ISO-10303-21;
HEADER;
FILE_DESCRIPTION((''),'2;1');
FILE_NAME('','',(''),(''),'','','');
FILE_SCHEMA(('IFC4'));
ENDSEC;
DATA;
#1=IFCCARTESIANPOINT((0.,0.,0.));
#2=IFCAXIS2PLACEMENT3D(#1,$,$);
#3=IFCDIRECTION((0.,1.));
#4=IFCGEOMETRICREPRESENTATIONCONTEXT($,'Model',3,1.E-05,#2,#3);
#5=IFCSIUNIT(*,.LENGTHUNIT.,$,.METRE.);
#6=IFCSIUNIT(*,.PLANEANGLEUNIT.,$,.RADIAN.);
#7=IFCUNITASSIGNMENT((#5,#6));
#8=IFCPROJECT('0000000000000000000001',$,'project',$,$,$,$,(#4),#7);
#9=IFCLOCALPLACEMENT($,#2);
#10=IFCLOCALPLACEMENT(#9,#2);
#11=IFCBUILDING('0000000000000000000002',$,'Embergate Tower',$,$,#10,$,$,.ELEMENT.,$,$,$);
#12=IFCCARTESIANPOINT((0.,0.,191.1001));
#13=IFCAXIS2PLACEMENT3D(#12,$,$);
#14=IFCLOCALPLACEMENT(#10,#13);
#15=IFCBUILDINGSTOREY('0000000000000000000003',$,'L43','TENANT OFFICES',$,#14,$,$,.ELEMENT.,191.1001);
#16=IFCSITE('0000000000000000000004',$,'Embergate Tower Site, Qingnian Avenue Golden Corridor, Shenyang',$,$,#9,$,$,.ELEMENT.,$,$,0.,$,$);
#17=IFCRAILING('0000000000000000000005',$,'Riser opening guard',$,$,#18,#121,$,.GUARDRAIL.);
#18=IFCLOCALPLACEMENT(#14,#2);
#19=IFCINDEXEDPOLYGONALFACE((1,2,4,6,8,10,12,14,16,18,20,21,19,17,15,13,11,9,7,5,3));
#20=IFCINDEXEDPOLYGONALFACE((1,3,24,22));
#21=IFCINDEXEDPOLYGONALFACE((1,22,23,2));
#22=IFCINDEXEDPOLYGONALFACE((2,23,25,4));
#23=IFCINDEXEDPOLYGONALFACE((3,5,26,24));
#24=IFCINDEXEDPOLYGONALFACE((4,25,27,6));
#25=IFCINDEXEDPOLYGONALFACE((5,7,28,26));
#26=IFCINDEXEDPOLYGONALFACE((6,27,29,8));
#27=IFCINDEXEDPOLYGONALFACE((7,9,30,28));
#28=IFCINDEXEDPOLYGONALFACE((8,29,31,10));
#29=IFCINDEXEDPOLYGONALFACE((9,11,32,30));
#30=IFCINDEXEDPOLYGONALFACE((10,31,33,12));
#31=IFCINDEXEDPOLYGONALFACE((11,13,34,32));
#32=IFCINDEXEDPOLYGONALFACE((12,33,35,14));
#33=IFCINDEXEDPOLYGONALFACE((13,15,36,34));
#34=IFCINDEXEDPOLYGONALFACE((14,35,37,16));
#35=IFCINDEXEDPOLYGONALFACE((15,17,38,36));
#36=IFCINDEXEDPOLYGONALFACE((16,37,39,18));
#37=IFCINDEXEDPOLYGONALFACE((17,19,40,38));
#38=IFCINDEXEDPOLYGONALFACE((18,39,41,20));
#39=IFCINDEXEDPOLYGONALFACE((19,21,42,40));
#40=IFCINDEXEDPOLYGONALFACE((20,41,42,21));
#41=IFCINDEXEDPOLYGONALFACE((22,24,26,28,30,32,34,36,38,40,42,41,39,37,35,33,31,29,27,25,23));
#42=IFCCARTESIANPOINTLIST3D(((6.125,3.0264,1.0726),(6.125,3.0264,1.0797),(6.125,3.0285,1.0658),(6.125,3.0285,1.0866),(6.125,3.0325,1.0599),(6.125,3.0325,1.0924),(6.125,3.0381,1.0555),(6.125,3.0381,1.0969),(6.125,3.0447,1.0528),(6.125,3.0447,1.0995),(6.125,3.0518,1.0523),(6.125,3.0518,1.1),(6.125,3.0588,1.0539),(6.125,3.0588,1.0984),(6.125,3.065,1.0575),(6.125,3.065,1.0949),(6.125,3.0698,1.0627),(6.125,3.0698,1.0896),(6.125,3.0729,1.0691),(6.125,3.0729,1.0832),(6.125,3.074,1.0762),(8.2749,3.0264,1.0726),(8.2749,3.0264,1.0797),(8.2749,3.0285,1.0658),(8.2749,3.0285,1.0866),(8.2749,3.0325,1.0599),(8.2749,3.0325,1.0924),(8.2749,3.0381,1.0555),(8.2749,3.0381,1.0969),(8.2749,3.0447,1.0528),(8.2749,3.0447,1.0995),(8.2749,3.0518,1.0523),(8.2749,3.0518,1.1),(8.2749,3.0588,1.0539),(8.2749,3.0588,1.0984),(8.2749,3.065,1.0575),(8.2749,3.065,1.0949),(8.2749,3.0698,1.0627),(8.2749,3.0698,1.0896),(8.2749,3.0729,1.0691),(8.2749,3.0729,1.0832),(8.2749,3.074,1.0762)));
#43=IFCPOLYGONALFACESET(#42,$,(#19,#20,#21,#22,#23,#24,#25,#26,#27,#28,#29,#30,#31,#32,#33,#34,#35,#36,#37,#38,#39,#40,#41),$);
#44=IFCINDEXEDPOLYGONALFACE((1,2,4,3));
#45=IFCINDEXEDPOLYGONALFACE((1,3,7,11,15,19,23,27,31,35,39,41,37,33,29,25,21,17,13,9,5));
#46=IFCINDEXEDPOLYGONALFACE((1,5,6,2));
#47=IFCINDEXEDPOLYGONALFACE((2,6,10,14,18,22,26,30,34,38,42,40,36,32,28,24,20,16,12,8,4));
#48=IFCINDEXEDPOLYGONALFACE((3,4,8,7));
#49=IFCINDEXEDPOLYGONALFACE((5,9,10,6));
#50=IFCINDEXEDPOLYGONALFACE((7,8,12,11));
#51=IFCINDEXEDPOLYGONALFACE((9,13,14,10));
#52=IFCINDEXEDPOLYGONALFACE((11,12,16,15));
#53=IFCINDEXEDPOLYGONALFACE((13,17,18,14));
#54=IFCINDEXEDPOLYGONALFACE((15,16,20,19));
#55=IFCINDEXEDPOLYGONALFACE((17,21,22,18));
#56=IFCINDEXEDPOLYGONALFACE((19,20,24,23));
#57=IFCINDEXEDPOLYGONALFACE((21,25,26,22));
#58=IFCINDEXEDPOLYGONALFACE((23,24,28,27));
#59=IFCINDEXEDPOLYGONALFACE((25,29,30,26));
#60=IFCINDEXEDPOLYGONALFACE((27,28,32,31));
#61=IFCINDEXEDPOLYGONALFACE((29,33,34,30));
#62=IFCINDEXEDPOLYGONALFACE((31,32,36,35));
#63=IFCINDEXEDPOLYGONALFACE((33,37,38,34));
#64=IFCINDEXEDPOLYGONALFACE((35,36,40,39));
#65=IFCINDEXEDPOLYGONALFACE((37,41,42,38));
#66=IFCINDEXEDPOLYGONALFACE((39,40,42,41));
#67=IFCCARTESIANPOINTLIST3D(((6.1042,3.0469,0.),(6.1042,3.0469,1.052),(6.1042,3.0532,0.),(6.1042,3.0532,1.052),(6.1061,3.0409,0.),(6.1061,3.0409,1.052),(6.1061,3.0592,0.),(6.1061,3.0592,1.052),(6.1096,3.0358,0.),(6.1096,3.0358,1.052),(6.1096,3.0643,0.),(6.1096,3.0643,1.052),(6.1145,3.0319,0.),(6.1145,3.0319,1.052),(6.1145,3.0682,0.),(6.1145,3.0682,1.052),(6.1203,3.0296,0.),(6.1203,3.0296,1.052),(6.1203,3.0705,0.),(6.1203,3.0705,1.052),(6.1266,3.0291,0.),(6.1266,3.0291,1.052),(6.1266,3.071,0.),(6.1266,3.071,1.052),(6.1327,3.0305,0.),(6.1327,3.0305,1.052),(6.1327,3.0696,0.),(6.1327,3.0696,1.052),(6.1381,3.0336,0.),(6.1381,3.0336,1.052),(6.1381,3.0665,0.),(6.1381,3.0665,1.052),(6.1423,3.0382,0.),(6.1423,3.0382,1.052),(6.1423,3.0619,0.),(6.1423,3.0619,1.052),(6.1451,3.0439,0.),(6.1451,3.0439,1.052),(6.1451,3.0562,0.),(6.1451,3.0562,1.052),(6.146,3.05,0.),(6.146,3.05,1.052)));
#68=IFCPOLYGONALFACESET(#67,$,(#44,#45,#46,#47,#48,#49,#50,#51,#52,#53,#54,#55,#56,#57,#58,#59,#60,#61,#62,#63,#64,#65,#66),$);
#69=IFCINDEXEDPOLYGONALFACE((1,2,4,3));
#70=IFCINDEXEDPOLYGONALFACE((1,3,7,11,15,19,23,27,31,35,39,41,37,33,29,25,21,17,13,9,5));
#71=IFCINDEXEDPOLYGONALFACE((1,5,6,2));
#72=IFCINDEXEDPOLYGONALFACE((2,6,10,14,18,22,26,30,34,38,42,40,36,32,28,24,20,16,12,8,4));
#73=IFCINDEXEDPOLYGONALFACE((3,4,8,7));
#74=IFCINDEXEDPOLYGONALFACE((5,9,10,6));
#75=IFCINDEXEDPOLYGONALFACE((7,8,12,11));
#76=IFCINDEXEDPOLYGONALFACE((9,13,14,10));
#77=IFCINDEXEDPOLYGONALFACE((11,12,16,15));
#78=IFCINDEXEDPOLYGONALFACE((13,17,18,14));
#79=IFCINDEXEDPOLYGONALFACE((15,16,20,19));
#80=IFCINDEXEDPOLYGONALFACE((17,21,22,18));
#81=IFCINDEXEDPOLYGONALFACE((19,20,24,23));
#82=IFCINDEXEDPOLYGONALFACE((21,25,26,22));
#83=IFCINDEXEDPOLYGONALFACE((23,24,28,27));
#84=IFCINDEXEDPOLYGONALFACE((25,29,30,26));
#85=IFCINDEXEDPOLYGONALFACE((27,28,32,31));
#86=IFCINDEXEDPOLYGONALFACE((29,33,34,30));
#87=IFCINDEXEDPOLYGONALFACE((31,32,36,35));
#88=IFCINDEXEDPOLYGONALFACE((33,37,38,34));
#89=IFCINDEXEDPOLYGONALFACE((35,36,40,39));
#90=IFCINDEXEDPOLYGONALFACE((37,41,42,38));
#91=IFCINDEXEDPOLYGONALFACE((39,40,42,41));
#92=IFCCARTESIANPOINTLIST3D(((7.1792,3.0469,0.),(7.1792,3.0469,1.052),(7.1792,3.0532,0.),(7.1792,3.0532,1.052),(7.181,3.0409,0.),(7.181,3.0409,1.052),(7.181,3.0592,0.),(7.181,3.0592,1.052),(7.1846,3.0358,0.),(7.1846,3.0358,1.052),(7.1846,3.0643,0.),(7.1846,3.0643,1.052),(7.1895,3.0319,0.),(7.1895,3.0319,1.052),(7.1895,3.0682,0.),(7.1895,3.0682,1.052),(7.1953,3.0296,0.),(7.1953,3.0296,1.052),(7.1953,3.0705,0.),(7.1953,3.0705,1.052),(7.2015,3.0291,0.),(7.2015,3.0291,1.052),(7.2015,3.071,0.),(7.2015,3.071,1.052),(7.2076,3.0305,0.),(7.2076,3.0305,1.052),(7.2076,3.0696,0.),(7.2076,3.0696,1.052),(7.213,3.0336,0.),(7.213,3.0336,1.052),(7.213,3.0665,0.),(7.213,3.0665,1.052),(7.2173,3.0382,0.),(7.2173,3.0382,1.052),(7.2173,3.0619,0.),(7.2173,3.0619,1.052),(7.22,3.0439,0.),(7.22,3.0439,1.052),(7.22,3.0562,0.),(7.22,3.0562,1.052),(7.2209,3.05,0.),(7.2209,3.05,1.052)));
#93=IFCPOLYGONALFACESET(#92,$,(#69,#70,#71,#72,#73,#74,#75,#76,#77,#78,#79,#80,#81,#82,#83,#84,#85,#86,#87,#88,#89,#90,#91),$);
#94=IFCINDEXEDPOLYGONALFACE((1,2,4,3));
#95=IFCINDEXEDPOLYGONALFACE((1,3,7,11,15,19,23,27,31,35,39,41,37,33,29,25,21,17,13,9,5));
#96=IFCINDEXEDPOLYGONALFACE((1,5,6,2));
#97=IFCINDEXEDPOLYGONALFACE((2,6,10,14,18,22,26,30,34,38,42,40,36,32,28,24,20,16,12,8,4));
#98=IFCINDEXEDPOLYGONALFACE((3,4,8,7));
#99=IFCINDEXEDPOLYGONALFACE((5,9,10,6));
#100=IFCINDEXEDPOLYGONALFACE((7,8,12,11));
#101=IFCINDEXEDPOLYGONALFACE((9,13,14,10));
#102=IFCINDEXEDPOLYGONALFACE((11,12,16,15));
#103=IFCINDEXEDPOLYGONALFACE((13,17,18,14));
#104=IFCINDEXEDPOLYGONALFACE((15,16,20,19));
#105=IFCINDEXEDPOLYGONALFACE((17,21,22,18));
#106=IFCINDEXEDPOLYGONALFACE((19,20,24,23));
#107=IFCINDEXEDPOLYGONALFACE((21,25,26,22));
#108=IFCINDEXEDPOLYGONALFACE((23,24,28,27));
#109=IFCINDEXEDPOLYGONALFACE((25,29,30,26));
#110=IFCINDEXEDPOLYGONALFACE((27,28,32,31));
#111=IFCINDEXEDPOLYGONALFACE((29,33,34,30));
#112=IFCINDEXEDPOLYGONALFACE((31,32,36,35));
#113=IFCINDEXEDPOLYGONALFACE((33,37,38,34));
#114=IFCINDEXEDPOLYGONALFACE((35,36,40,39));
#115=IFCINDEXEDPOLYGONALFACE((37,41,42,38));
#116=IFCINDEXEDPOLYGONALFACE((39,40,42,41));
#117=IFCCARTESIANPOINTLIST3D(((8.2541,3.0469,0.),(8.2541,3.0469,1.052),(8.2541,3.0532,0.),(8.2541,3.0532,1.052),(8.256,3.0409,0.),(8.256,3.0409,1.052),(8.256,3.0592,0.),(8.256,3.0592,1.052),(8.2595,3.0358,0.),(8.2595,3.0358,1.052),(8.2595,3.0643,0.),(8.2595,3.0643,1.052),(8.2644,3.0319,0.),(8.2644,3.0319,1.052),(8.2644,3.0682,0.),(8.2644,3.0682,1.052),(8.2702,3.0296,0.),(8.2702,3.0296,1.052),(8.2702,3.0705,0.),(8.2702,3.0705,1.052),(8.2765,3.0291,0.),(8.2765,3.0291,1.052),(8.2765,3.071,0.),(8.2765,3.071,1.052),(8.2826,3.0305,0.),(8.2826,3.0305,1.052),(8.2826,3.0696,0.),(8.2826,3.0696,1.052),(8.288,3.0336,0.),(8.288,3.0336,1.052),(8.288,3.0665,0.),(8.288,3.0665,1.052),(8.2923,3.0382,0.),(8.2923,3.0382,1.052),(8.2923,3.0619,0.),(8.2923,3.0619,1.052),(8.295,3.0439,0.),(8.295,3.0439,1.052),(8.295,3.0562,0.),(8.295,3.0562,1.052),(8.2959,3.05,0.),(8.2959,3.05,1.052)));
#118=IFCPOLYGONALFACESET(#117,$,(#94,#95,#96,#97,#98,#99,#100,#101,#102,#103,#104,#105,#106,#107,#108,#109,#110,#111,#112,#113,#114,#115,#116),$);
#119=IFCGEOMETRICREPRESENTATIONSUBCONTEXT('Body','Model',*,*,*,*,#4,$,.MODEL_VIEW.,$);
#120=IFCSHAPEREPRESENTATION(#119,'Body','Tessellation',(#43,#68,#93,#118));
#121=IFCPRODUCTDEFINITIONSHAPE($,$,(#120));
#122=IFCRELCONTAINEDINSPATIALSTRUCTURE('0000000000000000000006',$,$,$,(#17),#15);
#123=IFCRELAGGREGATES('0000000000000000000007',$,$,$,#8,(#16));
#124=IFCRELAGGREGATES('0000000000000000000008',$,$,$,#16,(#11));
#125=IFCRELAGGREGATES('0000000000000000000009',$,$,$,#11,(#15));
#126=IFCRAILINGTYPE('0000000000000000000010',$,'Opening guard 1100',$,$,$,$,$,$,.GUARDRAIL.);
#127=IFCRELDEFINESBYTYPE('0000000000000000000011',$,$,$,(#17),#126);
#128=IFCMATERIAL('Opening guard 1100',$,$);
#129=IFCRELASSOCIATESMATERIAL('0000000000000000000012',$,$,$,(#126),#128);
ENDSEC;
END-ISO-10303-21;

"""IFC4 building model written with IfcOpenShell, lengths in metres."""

from ifc_helpers import new_model, si_unit, direction, frame, origin, origin_2d, place, context, subcontext, project, spatial, circle, extrude, source, transform, mapped, material, type_object, element, save


model = new_model("IFC4")

# Units and contexts
model_context = context("Model", 3, precision=1e-05, world=origin(), true_north=direction((0.0, 1.0)))
body_context = subcontext(model_context, "Body", "Model", "MODEL_VIEW")
ifc_project = project(units=[si_unit("LENGTHUNIT", "METRE"), si_unit("PLANEANGLEUNIT", "RADIAN")], contexts=[model_context])

# Site, building, storey
site_placement = place(None, origin())
site = spatial("IfcSite", under=ifc_project, at=site_placement, Name="Embergate Tower Site, Qingnian Avenue Golden Corridor, Shenyang", CompositionType="ELEMENT", RefElevation=0.0)
building_placement = place(site_placement, origin())
building = spatial("IfcBuilding", under=site, at=building_placement, Name="Embergate Tower", CompositionType="ELEMENT")
storey_placement = place(building_placement, frame((0.0, 0.0, 191.1001)))
storey = spatial("IfcBuildingStorey", under=building, at=storey_placement, Name="L43", Description="TENANT OFFICES", CompositionType="ELEMENT", Elevation=191.1001)

# Railing
ifc_material_1 = material(Name="Opening guard 1100")
railing_type = type_object("IfcRailingType", Name="Opening guard 1100", PredefinedType="GUARDRAIL", material=ifc_material_1)
shared_shape_1 = source(origin(), body_context, "Body", "SweptSolid", [
    extrude(circle(Radius=0.0239, at=origin_2d()), frame((0.0, 0.0, 1.0762), z_axis=(1.0, 0.0, 0.0), x_axis=(0.0, 1.0, 0.0)), (0.0, 0.0, 1.0), 2.1499),
    extrude(circle(Radius=0.021, at=origin_2d()), origin(), (0.0, 0.0, 1.0), 1.052),
    extrude(circle(Radius=0.021, at=origin_2d()), frame((1.075, 0.0, 0.0)), (0.0, 0.0, 1.0), 1.052),
    extrude(circle(Radius=0.021, at=origin_2d()), frame((2.1499, 0.0, 0.0)), (0.0, 0.0, 1.0), 1.052),
])
railing_placement = place(storey_placement, frame((6.125, 3.05, 0.0)))
element("IfcRailing", 1, at=railing_placement, inside=storey, type_object=railing_type, Name="Riser opening guard", PredefinedType="GUARDRAIL", context=body_context, shape_type="MappedRepresentation", body=[
    mapped(shared_shape_1, transform((0.0, 0.0, 0.0))),
])

save(model, "model.ifc")
